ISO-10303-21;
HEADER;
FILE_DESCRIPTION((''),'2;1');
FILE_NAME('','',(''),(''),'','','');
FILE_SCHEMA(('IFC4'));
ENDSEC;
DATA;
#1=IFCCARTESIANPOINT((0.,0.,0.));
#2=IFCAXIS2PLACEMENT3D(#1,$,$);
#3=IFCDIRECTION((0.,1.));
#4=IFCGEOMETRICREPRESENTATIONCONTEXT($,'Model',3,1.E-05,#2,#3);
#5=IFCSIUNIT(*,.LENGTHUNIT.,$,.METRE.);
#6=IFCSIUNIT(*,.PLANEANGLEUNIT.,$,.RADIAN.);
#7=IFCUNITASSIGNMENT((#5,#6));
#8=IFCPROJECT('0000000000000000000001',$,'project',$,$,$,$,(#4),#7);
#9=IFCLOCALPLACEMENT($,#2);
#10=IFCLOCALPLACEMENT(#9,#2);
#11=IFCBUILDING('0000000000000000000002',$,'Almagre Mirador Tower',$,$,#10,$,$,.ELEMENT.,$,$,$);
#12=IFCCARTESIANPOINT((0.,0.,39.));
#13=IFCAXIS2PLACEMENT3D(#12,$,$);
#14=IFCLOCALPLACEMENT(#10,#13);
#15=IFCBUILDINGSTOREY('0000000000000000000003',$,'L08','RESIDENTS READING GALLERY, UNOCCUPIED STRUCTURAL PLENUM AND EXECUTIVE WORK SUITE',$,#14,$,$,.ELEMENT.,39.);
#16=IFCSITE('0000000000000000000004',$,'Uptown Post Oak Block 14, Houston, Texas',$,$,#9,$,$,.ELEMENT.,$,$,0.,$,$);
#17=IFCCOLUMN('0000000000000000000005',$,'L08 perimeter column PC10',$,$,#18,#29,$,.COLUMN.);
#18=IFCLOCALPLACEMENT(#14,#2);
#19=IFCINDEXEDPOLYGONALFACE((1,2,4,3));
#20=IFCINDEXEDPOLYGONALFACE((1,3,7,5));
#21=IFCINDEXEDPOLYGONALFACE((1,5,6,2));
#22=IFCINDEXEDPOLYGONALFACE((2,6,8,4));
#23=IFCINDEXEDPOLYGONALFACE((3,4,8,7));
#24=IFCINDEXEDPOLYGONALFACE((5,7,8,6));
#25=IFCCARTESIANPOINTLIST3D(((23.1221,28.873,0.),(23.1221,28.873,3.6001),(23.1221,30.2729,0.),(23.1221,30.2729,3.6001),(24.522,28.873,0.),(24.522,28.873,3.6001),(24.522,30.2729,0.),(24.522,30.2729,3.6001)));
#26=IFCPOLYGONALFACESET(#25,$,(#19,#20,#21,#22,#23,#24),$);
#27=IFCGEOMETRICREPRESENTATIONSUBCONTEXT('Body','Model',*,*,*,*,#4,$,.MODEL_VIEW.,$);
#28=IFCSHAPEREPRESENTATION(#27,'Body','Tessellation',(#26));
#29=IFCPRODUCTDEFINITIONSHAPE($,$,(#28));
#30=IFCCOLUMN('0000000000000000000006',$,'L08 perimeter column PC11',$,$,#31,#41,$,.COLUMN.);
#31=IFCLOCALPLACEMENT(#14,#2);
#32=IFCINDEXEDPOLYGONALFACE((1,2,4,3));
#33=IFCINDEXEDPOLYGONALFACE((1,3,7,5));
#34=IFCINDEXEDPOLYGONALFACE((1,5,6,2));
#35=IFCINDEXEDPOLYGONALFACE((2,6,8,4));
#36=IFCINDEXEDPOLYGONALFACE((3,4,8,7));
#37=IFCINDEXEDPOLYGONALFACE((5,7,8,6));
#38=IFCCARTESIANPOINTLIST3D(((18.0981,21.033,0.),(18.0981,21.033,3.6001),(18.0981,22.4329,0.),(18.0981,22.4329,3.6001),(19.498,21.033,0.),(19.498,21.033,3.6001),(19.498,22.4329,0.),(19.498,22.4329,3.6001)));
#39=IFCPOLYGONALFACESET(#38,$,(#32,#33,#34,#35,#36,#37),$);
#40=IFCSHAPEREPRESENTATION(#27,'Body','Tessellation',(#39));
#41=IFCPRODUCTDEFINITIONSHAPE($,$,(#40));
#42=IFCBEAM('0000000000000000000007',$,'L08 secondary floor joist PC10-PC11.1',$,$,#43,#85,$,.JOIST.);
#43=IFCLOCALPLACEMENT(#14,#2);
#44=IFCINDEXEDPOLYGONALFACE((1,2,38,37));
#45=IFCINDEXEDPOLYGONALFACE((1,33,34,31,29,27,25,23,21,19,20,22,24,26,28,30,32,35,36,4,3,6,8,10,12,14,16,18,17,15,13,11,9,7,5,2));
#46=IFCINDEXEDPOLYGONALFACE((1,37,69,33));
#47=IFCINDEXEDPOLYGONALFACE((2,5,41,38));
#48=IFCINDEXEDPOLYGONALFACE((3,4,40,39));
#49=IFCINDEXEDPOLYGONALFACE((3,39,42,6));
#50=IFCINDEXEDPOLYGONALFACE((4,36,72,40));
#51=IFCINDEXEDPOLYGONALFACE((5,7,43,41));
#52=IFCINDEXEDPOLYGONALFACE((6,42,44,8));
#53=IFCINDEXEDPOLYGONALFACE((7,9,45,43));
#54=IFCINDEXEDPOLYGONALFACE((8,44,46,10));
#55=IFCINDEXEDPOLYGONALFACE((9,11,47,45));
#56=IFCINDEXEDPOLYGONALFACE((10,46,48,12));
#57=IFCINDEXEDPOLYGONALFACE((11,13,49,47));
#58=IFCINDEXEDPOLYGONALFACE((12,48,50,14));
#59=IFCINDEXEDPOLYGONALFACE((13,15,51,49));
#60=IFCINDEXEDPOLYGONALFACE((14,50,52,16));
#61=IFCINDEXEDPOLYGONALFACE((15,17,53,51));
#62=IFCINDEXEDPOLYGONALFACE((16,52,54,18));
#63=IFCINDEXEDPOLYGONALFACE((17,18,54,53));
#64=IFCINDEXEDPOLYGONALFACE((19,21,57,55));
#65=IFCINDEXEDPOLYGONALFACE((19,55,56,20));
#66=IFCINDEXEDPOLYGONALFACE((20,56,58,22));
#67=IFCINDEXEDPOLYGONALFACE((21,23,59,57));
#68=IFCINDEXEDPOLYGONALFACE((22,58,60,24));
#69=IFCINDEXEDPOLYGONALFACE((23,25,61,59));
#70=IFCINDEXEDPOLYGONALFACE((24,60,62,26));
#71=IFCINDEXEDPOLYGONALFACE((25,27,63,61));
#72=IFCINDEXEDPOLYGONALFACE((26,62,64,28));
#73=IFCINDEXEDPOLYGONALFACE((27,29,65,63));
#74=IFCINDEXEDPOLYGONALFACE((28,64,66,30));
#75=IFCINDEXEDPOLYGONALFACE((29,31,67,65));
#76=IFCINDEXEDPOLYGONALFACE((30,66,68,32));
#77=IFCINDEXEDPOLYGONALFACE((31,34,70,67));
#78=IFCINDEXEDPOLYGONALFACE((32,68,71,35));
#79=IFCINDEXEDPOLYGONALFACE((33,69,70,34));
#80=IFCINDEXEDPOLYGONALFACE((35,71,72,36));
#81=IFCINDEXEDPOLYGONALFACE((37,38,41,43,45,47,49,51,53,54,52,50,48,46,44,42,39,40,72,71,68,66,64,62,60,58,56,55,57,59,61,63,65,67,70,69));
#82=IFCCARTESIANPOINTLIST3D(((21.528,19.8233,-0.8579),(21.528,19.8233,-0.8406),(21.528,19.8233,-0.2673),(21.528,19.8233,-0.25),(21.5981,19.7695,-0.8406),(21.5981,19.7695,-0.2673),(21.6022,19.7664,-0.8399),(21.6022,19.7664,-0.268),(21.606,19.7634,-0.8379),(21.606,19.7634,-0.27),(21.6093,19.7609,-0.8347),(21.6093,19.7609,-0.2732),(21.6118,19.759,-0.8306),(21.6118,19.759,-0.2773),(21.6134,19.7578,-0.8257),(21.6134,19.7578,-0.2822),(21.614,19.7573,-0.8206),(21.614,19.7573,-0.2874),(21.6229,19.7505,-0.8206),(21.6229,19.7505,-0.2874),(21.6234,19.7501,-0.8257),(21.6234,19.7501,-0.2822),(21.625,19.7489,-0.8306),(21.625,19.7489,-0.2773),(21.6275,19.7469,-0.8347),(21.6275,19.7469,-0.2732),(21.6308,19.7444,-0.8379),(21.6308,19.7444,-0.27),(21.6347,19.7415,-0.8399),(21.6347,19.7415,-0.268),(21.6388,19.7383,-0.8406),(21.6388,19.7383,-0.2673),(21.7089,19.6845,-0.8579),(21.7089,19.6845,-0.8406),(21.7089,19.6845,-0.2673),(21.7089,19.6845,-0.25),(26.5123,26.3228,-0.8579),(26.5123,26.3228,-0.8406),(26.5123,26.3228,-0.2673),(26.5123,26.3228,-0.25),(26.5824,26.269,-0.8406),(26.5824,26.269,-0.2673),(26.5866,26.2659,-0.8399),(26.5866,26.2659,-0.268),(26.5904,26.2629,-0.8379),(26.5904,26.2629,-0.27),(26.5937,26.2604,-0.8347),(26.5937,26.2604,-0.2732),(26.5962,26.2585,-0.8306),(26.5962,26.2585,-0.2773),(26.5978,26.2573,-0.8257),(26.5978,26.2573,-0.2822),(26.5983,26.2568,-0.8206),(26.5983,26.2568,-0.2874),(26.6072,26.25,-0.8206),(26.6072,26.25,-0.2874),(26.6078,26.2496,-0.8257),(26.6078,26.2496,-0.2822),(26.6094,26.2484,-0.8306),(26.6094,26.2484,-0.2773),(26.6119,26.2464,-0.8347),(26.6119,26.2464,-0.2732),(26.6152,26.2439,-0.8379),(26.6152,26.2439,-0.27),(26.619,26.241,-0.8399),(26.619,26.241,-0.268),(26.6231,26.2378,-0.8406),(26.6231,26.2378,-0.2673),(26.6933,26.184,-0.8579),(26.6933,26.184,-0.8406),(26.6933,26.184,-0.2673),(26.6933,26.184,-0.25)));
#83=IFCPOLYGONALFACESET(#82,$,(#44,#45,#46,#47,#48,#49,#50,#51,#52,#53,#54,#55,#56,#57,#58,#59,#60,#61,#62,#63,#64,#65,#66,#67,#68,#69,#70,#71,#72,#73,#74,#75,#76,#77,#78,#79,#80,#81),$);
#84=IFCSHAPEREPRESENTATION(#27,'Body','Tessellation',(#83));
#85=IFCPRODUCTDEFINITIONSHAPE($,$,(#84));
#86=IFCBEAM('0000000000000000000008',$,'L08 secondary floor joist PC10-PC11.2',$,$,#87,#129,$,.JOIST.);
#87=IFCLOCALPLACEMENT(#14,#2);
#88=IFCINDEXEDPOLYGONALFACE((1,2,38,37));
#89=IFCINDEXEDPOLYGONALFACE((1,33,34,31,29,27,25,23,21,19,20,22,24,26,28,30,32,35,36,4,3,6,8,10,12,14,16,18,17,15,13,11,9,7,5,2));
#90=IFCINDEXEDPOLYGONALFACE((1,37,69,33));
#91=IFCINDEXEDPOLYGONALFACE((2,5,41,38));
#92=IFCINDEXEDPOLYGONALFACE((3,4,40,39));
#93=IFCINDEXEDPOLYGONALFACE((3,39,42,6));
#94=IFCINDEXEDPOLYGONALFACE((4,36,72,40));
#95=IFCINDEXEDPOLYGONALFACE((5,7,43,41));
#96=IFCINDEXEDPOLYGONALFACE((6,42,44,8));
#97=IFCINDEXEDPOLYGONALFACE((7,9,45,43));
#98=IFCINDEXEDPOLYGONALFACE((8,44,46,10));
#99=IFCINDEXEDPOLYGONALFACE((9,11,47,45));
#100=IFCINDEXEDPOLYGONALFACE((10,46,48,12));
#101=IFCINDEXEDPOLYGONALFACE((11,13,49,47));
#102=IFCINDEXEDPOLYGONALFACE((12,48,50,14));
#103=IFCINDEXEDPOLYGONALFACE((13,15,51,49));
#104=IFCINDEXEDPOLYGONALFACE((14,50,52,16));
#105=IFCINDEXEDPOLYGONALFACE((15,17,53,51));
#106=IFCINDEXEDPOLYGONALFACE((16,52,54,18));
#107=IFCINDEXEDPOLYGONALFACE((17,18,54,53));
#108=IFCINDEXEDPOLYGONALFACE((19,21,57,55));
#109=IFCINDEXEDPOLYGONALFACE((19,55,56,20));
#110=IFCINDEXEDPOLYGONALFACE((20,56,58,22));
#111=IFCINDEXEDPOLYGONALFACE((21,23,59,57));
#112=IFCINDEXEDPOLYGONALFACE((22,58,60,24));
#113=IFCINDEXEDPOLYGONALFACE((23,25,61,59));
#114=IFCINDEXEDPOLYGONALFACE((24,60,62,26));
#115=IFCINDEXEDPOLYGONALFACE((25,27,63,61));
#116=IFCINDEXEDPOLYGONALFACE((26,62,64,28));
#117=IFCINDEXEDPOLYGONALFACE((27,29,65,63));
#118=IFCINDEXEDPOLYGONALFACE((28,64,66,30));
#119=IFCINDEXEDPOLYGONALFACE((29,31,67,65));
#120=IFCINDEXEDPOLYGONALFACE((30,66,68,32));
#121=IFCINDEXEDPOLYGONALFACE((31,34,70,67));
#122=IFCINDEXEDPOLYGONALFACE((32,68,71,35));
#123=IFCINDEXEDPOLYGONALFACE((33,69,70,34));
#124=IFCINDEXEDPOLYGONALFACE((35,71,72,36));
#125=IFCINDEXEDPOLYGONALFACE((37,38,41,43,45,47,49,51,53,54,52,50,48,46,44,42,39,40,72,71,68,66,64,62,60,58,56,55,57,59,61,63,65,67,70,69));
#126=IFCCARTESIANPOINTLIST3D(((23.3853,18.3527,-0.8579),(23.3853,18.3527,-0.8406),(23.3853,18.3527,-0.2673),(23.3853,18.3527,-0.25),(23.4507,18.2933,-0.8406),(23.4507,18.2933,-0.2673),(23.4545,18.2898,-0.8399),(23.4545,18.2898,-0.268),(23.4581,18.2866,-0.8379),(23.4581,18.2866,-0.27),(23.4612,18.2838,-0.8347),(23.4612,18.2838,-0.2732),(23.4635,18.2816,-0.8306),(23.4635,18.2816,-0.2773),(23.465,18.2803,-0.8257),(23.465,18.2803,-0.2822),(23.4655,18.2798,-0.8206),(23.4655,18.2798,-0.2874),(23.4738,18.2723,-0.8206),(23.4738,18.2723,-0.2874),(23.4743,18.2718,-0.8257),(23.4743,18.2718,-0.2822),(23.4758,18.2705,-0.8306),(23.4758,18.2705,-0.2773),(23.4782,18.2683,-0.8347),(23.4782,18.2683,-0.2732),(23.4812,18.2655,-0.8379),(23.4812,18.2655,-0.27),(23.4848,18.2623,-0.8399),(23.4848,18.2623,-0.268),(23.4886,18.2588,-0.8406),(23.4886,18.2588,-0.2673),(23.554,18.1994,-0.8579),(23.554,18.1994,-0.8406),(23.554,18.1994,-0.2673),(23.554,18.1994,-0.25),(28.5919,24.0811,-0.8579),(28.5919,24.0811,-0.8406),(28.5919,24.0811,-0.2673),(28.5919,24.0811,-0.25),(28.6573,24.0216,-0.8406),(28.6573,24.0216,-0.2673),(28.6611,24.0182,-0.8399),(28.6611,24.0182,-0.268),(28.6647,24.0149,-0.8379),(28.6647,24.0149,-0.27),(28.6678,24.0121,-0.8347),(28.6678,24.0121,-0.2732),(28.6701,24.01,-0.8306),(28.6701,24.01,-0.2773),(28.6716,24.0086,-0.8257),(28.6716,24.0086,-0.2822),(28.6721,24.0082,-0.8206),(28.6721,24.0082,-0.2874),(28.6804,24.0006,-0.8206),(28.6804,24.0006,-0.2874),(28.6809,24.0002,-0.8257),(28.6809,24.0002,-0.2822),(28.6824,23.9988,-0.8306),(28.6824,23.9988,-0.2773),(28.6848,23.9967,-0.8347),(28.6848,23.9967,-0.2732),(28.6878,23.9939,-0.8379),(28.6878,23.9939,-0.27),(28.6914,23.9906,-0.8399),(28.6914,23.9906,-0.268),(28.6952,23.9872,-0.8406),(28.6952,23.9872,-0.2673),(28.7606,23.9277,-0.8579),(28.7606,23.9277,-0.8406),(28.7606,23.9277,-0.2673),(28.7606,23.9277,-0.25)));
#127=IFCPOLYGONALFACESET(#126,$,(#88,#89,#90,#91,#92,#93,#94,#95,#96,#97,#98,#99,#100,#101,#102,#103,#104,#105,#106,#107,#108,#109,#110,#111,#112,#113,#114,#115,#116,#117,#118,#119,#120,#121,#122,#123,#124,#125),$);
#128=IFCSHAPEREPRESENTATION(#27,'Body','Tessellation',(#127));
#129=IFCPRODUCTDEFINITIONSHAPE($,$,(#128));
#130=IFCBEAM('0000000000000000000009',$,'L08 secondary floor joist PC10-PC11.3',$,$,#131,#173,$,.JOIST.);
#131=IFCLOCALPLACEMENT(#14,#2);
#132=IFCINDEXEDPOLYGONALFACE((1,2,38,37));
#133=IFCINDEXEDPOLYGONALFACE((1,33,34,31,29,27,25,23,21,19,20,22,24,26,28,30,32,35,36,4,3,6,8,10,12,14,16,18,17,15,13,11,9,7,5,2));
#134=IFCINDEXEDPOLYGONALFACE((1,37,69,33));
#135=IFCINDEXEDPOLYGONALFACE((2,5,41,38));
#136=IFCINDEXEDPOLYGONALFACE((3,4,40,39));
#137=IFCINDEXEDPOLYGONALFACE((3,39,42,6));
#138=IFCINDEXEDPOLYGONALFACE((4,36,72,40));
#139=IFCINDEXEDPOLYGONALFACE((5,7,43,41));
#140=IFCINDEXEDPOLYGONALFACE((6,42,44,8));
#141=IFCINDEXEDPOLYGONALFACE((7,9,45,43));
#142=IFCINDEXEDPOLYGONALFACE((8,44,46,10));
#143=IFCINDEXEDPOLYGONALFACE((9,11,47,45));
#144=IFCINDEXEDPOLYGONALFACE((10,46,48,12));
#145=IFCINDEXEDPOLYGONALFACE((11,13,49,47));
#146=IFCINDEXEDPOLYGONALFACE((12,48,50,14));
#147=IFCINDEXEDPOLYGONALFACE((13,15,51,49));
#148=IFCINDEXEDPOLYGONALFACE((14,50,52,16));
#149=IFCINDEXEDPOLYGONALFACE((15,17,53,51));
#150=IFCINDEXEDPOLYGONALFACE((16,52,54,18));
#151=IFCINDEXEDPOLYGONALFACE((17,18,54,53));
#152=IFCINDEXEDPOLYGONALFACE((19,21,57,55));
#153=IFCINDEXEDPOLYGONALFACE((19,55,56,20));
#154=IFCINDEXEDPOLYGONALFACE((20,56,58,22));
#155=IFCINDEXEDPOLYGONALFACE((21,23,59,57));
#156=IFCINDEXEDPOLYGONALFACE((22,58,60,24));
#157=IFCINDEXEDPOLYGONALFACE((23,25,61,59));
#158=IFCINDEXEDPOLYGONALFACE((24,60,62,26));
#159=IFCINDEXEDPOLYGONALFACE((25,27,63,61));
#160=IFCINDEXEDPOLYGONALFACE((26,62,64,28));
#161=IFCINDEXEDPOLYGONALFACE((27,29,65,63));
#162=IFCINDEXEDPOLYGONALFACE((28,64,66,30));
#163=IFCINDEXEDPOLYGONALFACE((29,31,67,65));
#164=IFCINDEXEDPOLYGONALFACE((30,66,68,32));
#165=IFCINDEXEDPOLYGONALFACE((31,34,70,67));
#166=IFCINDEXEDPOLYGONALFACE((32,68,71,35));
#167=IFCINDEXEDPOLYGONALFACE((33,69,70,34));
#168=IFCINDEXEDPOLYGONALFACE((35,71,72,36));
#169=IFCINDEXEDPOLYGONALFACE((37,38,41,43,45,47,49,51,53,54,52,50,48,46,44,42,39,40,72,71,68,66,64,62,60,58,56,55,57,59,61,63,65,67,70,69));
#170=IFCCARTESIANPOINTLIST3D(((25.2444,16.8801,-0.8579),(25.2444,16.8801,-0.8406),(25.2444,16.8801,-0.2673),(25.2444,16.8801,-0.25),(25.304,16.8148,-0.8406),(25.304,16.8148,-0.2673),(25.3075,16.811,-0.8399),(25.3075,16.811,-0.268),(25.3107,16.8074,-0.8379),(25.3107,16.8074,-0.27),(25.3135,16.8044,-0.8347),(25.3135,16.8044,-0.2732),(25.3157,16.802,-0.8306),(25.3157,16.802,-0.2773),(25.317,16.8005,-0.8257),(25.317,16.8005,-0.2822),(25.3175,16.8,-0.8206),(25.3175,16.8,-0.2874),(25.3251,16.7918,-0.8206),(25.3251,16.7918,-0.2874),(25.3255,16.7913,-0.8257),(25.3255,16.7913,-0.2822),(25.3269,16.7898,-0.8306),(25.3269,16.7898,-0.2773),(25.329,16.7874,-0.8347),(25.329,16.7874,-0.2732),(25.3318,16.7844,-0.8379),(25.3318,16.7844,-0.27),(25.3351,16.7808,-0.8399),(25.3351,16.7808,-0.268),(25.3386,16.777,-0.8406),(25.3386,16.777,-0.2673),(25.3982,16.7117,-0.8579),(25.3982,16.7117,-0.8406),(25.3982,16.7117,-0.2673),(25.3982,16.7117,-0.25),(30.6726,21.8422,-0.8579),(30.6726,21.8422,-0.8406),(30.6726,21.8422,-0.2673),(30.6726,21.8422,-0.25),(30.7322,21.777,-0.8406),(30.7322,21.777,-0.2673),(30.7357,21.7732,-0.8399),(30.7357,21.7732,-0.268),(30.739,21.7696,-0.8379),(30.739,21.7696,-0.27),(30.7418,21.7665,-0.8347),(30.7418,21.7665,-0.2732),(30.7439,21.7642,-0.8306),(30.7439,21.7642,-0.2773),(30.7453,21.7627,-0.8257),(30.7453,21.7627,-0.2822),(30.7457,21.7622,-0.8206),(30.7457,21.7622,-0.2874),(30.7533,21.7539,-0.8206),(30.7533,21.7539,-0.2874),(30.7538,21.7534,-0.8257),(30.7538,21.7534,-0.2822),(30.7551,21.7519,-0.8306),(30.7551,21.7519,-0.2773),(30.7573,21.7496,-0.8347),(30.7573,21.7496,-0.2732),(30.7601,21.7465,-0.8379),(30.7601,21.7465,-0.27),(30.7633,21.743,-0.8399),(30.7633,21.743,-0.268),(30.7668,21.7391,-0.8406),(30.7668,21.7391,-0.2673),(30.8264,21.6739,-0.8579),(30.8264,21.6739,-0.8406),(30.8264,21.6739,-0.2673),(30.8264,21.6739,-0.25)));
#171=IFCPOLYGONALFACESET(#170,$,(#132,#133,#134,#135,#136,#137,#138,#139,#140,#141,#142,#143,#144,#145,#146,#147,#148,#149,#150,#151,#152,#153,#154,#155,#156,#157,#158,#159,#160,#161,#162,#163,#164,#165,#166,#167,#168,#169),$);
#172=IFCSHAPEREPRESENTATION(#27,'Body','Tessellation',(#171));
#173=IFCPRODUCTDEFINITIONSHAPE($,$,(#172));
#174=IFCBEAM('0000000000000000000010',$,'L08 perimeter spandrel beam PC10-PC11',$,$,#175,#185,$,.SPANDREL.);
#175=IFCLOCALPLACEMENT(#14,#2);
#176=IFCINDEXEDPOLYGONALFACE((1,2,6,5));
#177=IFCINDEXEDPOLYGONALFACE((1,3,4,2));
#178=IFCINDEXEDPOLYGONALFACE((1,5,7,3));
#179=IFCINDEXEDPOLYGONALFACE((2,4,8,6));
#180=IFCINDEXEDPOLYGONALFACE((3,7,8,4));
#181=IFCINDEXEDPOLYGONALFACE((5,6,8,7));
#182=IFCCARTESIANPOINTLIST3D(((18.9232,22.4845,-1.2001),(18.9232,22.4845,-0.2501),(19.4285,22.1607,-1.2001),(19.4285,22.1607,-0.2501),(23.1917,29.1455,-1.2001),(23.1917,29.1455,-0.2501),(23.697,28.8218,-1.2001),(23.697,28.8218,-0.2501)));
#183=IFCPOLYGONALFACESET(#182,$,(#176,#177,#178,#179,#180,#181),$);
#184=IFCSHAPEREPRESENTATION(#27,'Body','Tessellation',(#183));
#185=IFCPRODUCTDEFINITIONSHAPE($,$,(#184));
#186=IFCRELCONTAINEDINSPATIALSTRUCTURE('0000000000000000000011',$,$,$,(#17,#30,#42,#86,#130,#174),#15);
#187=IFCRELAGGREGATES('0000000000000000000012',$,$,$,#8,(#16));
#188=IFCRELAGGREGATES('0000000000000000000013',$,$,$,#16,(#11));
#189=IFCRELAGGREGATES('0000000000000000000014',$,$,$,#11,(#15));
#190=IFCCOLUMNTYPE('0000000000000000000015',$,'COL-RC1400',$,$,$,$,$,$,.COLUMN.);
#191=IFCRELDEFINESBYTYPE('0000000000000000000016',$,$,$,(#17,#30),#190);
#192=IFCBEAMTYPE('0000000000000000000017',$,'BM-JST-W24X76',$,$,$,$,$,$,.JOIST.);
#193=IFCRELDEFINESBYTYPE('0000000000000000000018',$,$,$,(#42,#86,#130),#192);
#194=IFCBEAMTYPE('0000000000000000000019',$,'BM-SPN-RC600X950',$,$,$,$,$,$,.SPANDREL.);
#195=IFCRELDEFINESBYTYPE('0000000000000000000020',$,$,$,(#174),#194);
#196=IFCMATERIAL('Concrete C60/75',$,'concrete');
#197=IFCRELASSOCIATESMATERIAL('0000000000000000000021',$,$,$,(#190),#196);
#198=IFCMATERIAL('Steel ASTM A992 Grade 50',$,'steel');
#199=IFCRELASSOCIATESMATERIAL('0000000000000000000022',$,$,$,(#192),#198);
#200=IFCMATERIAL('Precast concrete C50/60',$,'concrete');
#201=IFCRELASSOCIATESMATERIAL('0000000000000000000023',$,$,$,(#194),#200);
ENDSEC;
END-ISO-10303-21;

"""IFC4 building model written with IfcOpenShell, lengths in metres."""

from ifc_helpers import new_model, si_unit, direction, frame, origin, origin_2d, place, context, subcontext, project, spatial, rectangle, i_section, extrude, material, material_profile, profile_set, type_object, element, save


model = new_model("IFC4")

# Units and contexts
model_context = context("Model", 3, precision=1e-05, world=origin(), true_north=direction((0.0, 1.0)))
body_context = subcontext(model_context, "Body", "Model", "MODEL_VIEW")
ifc_project = project(units=[si_unit("LENGTHUNIT", "METRE"), si_unit("PLANEANGLEUNIT", "RADIAN")], contexts=[model_context])

# Site, building, storey
site_placement = place(None, origin())
site = spatial("IfcSite", under=ifc_project, at=site_placement, Name="Uptown Post Oak Block 14, Houston, Texas", CompositionType="ELEMENT", RefElevation=0.0)
building_placement = place(site_placement, origin())
building = spatial("IfcBuilding", under=site, at=building_placement, Name="Almagre Mirador Tower", CompositionType="ELEMENT")
storey_placement = place(building_placement, frame((0.0, 0.0, 39.0)))
storey = spatial("IfcBuildingStorey", under=building, at=storey_placement, Name="L08", Description="RESIDENTS READING GALLERY, UNOCCUPIED STRUCTURAL PLENUM AND EXECUTIVE WORK SUITE", CompositionType="ELEMENT", Elevation=39.0)

# Columns
ifc_material_1 = material(Name="Concrete C60/75", Category="concrete")
ifc_material_profile_1 = material_profile(ifc_material_1, rectangle(XDim=1.3999, YDim=1.3999, at=origin_2d()), Name="RC1400X1400")
ifc_profile_set_1 = profile_set([ifc_material_profile_1], Name="Concrete C60/75")
column_type = type_object("IfcColumnType", Name="COL-RC1400", PredefinedType="COLUMN", material=ifc_profile_set_1)
for number, where, z_axis, x_axis, name in (
    (1, (23.822, 29.573, 0.0), (0.0, 0.0, 1.0), (1.0, 0.0, 0.0), "L08 perimeter column PC10"),
    (2, (18.7981, 21.7329, 0.0), (0.0, 0.0, 1.0), (1.0, 0.0, 0.0), "L08 perimeter column PC11"),
):
    element("IfcColumn", number, at=place(storey_placement, frame(where, z_axis=z_axis, x_axis=x_axis)), inside=storey, type_object=column_type, Name=name, PredefinedType="COLUMN", context=body_context, shape_type="SweptSolid", body=[
        extrude(rectangle(XDim=1.3999, YDim=1.3999, at=origin_2d()), origin(), (0.0, 0.0, 1.0), 3.6001),
    ])

# Beams
ifc_material_2 = material(Name="Steel ASTM A992 Grade 50", Category="steel")
ifc_material_profile_2 = material_profile(ifc_material_2, i_section(OverallWidth=0.228, OverallDepth=0.6079, WebThickness=0.0112, FlangeThickness=0.0173, FilletRadius=0.02, at=origin_2d()), Name="W24X76")
ifc_profile_set_2 = profile_set([ifc_material_profile_2], Name="Steel ASTM A992 Grade 50")
beam_type_1 = type_object("IfcBeamType", Name="BM-JST-W24X76", PredefinedType="JOIST", material=ifc_profile_set_2)
beam_1_placement = place(storey_placement, frame((26.6028, 26.2534, -0.554), z_axis=(-0.60854, -0.793523, 0.0), x_axis=(0.793523, -0.60854, 0.0)))
element("IfcBeam", 3, at=beam_1_placement, inside=storey, type_object=beam_type_1, Name="L08 secondary floor joist PC10-PC11.1", PredefinedType="JOIST", context=body_context, shape_type="SweptSolid", body=[
    extrude(i_section(OverallWidth=0.228, OverallDepth=0.6079, WebThickness=0.0112, FlangeThickness=0.0173, FilletRadius=0.02, at=origin_2d()), origin(), (0.0, 0.0, 1.0), 8.1907),
])
beam_2_placement = place(storey_placement, frame((28.6763, 24.0044, -0.554), z_axis=(-0.672604, -0.740003, 0.0), x_axis=(0.740003, -0.672604, 0.0)))
element("IfcBeam", 4, at=beam_2_placement, inside=storey, type_object=beam_type_1, Name="L08 secondary floor joist PC10-PC11.2", PredefinedType="JOIST", context=body_context, shape_type="SweptSolid", body=[
    extrude(i_section(OverallWidth=0.228, OverallDepth=0.6079, WebThickness=0.0112, FlangeThickness=0.0173, FilletRadius=0.02, at=origin_2d()), origin(), (0.0, 0.0, 1.0), 7.741),
])
beam_3_placement = place(storey_placement, frame((30.7495, 21.7581, -0.554), z_axis=(-0.738082, -0.674711, 0.0), x_axis=(0.674711, -0.738082, 0.0)))
element("IfcBeam", 5, at=beam_3_placement, inside=storey, type_object=beam_type_1, Name="L08 secondary floor joist PC10-PC11.3", PredefinedType="JOIST", context=body_context, shape_type="SweptSolid", body=[
    extrude(i_section(OverallWidth=0.228, OverallDepth=0.6079, WebThickness=0.0112, FlangeThickness=0.0173, FilletRadius=0.02, at=origin_2d()), origin(), (0.0, 0.0, 1.0), 7.3545),
])
ifc_material_3 = material(Name="Precast concrete C50/60", Category="concrete")
ifc_material_profile_3 = material_profile(ifc_material_3, rectangle(XDim=0.6001, YDim=0.95, at=origin_2d()), Name="RC600X950")
ifc_profile_set_3 = profile_set([ifc_material_profile_3], Name="Precast concrete C50/60")
beam_type_2 = type_object("IfcBeamType", Name="BM-SPN-RC600X950", PredefinedType="SPANDREL", material=ifc_profile_set_3)
beam_4_placement = place(storey_placement, frame((23.4443, 28.9836, -0.7251), z_axis=(-0.53954, -0.84196, 0.0), x_axis=(0.84196, -0.53954, 0.0)))
element("IfcBeam", 6, at=beam_4_placement, inside=storey, type_object=beam_type_2, Name="L08 perimeter spandrel beam PC10-PC11", PredefinedType="SPANDREL", context=body_context, shape_type="SweptSolid", body=[
    extrude(rectangle(XDim=0.6001, YDim=0.95, at=origin_2d()), origin(), (0.0, 0.0, 1.0), 7.9114),
])

save(model, "model.ifc")
